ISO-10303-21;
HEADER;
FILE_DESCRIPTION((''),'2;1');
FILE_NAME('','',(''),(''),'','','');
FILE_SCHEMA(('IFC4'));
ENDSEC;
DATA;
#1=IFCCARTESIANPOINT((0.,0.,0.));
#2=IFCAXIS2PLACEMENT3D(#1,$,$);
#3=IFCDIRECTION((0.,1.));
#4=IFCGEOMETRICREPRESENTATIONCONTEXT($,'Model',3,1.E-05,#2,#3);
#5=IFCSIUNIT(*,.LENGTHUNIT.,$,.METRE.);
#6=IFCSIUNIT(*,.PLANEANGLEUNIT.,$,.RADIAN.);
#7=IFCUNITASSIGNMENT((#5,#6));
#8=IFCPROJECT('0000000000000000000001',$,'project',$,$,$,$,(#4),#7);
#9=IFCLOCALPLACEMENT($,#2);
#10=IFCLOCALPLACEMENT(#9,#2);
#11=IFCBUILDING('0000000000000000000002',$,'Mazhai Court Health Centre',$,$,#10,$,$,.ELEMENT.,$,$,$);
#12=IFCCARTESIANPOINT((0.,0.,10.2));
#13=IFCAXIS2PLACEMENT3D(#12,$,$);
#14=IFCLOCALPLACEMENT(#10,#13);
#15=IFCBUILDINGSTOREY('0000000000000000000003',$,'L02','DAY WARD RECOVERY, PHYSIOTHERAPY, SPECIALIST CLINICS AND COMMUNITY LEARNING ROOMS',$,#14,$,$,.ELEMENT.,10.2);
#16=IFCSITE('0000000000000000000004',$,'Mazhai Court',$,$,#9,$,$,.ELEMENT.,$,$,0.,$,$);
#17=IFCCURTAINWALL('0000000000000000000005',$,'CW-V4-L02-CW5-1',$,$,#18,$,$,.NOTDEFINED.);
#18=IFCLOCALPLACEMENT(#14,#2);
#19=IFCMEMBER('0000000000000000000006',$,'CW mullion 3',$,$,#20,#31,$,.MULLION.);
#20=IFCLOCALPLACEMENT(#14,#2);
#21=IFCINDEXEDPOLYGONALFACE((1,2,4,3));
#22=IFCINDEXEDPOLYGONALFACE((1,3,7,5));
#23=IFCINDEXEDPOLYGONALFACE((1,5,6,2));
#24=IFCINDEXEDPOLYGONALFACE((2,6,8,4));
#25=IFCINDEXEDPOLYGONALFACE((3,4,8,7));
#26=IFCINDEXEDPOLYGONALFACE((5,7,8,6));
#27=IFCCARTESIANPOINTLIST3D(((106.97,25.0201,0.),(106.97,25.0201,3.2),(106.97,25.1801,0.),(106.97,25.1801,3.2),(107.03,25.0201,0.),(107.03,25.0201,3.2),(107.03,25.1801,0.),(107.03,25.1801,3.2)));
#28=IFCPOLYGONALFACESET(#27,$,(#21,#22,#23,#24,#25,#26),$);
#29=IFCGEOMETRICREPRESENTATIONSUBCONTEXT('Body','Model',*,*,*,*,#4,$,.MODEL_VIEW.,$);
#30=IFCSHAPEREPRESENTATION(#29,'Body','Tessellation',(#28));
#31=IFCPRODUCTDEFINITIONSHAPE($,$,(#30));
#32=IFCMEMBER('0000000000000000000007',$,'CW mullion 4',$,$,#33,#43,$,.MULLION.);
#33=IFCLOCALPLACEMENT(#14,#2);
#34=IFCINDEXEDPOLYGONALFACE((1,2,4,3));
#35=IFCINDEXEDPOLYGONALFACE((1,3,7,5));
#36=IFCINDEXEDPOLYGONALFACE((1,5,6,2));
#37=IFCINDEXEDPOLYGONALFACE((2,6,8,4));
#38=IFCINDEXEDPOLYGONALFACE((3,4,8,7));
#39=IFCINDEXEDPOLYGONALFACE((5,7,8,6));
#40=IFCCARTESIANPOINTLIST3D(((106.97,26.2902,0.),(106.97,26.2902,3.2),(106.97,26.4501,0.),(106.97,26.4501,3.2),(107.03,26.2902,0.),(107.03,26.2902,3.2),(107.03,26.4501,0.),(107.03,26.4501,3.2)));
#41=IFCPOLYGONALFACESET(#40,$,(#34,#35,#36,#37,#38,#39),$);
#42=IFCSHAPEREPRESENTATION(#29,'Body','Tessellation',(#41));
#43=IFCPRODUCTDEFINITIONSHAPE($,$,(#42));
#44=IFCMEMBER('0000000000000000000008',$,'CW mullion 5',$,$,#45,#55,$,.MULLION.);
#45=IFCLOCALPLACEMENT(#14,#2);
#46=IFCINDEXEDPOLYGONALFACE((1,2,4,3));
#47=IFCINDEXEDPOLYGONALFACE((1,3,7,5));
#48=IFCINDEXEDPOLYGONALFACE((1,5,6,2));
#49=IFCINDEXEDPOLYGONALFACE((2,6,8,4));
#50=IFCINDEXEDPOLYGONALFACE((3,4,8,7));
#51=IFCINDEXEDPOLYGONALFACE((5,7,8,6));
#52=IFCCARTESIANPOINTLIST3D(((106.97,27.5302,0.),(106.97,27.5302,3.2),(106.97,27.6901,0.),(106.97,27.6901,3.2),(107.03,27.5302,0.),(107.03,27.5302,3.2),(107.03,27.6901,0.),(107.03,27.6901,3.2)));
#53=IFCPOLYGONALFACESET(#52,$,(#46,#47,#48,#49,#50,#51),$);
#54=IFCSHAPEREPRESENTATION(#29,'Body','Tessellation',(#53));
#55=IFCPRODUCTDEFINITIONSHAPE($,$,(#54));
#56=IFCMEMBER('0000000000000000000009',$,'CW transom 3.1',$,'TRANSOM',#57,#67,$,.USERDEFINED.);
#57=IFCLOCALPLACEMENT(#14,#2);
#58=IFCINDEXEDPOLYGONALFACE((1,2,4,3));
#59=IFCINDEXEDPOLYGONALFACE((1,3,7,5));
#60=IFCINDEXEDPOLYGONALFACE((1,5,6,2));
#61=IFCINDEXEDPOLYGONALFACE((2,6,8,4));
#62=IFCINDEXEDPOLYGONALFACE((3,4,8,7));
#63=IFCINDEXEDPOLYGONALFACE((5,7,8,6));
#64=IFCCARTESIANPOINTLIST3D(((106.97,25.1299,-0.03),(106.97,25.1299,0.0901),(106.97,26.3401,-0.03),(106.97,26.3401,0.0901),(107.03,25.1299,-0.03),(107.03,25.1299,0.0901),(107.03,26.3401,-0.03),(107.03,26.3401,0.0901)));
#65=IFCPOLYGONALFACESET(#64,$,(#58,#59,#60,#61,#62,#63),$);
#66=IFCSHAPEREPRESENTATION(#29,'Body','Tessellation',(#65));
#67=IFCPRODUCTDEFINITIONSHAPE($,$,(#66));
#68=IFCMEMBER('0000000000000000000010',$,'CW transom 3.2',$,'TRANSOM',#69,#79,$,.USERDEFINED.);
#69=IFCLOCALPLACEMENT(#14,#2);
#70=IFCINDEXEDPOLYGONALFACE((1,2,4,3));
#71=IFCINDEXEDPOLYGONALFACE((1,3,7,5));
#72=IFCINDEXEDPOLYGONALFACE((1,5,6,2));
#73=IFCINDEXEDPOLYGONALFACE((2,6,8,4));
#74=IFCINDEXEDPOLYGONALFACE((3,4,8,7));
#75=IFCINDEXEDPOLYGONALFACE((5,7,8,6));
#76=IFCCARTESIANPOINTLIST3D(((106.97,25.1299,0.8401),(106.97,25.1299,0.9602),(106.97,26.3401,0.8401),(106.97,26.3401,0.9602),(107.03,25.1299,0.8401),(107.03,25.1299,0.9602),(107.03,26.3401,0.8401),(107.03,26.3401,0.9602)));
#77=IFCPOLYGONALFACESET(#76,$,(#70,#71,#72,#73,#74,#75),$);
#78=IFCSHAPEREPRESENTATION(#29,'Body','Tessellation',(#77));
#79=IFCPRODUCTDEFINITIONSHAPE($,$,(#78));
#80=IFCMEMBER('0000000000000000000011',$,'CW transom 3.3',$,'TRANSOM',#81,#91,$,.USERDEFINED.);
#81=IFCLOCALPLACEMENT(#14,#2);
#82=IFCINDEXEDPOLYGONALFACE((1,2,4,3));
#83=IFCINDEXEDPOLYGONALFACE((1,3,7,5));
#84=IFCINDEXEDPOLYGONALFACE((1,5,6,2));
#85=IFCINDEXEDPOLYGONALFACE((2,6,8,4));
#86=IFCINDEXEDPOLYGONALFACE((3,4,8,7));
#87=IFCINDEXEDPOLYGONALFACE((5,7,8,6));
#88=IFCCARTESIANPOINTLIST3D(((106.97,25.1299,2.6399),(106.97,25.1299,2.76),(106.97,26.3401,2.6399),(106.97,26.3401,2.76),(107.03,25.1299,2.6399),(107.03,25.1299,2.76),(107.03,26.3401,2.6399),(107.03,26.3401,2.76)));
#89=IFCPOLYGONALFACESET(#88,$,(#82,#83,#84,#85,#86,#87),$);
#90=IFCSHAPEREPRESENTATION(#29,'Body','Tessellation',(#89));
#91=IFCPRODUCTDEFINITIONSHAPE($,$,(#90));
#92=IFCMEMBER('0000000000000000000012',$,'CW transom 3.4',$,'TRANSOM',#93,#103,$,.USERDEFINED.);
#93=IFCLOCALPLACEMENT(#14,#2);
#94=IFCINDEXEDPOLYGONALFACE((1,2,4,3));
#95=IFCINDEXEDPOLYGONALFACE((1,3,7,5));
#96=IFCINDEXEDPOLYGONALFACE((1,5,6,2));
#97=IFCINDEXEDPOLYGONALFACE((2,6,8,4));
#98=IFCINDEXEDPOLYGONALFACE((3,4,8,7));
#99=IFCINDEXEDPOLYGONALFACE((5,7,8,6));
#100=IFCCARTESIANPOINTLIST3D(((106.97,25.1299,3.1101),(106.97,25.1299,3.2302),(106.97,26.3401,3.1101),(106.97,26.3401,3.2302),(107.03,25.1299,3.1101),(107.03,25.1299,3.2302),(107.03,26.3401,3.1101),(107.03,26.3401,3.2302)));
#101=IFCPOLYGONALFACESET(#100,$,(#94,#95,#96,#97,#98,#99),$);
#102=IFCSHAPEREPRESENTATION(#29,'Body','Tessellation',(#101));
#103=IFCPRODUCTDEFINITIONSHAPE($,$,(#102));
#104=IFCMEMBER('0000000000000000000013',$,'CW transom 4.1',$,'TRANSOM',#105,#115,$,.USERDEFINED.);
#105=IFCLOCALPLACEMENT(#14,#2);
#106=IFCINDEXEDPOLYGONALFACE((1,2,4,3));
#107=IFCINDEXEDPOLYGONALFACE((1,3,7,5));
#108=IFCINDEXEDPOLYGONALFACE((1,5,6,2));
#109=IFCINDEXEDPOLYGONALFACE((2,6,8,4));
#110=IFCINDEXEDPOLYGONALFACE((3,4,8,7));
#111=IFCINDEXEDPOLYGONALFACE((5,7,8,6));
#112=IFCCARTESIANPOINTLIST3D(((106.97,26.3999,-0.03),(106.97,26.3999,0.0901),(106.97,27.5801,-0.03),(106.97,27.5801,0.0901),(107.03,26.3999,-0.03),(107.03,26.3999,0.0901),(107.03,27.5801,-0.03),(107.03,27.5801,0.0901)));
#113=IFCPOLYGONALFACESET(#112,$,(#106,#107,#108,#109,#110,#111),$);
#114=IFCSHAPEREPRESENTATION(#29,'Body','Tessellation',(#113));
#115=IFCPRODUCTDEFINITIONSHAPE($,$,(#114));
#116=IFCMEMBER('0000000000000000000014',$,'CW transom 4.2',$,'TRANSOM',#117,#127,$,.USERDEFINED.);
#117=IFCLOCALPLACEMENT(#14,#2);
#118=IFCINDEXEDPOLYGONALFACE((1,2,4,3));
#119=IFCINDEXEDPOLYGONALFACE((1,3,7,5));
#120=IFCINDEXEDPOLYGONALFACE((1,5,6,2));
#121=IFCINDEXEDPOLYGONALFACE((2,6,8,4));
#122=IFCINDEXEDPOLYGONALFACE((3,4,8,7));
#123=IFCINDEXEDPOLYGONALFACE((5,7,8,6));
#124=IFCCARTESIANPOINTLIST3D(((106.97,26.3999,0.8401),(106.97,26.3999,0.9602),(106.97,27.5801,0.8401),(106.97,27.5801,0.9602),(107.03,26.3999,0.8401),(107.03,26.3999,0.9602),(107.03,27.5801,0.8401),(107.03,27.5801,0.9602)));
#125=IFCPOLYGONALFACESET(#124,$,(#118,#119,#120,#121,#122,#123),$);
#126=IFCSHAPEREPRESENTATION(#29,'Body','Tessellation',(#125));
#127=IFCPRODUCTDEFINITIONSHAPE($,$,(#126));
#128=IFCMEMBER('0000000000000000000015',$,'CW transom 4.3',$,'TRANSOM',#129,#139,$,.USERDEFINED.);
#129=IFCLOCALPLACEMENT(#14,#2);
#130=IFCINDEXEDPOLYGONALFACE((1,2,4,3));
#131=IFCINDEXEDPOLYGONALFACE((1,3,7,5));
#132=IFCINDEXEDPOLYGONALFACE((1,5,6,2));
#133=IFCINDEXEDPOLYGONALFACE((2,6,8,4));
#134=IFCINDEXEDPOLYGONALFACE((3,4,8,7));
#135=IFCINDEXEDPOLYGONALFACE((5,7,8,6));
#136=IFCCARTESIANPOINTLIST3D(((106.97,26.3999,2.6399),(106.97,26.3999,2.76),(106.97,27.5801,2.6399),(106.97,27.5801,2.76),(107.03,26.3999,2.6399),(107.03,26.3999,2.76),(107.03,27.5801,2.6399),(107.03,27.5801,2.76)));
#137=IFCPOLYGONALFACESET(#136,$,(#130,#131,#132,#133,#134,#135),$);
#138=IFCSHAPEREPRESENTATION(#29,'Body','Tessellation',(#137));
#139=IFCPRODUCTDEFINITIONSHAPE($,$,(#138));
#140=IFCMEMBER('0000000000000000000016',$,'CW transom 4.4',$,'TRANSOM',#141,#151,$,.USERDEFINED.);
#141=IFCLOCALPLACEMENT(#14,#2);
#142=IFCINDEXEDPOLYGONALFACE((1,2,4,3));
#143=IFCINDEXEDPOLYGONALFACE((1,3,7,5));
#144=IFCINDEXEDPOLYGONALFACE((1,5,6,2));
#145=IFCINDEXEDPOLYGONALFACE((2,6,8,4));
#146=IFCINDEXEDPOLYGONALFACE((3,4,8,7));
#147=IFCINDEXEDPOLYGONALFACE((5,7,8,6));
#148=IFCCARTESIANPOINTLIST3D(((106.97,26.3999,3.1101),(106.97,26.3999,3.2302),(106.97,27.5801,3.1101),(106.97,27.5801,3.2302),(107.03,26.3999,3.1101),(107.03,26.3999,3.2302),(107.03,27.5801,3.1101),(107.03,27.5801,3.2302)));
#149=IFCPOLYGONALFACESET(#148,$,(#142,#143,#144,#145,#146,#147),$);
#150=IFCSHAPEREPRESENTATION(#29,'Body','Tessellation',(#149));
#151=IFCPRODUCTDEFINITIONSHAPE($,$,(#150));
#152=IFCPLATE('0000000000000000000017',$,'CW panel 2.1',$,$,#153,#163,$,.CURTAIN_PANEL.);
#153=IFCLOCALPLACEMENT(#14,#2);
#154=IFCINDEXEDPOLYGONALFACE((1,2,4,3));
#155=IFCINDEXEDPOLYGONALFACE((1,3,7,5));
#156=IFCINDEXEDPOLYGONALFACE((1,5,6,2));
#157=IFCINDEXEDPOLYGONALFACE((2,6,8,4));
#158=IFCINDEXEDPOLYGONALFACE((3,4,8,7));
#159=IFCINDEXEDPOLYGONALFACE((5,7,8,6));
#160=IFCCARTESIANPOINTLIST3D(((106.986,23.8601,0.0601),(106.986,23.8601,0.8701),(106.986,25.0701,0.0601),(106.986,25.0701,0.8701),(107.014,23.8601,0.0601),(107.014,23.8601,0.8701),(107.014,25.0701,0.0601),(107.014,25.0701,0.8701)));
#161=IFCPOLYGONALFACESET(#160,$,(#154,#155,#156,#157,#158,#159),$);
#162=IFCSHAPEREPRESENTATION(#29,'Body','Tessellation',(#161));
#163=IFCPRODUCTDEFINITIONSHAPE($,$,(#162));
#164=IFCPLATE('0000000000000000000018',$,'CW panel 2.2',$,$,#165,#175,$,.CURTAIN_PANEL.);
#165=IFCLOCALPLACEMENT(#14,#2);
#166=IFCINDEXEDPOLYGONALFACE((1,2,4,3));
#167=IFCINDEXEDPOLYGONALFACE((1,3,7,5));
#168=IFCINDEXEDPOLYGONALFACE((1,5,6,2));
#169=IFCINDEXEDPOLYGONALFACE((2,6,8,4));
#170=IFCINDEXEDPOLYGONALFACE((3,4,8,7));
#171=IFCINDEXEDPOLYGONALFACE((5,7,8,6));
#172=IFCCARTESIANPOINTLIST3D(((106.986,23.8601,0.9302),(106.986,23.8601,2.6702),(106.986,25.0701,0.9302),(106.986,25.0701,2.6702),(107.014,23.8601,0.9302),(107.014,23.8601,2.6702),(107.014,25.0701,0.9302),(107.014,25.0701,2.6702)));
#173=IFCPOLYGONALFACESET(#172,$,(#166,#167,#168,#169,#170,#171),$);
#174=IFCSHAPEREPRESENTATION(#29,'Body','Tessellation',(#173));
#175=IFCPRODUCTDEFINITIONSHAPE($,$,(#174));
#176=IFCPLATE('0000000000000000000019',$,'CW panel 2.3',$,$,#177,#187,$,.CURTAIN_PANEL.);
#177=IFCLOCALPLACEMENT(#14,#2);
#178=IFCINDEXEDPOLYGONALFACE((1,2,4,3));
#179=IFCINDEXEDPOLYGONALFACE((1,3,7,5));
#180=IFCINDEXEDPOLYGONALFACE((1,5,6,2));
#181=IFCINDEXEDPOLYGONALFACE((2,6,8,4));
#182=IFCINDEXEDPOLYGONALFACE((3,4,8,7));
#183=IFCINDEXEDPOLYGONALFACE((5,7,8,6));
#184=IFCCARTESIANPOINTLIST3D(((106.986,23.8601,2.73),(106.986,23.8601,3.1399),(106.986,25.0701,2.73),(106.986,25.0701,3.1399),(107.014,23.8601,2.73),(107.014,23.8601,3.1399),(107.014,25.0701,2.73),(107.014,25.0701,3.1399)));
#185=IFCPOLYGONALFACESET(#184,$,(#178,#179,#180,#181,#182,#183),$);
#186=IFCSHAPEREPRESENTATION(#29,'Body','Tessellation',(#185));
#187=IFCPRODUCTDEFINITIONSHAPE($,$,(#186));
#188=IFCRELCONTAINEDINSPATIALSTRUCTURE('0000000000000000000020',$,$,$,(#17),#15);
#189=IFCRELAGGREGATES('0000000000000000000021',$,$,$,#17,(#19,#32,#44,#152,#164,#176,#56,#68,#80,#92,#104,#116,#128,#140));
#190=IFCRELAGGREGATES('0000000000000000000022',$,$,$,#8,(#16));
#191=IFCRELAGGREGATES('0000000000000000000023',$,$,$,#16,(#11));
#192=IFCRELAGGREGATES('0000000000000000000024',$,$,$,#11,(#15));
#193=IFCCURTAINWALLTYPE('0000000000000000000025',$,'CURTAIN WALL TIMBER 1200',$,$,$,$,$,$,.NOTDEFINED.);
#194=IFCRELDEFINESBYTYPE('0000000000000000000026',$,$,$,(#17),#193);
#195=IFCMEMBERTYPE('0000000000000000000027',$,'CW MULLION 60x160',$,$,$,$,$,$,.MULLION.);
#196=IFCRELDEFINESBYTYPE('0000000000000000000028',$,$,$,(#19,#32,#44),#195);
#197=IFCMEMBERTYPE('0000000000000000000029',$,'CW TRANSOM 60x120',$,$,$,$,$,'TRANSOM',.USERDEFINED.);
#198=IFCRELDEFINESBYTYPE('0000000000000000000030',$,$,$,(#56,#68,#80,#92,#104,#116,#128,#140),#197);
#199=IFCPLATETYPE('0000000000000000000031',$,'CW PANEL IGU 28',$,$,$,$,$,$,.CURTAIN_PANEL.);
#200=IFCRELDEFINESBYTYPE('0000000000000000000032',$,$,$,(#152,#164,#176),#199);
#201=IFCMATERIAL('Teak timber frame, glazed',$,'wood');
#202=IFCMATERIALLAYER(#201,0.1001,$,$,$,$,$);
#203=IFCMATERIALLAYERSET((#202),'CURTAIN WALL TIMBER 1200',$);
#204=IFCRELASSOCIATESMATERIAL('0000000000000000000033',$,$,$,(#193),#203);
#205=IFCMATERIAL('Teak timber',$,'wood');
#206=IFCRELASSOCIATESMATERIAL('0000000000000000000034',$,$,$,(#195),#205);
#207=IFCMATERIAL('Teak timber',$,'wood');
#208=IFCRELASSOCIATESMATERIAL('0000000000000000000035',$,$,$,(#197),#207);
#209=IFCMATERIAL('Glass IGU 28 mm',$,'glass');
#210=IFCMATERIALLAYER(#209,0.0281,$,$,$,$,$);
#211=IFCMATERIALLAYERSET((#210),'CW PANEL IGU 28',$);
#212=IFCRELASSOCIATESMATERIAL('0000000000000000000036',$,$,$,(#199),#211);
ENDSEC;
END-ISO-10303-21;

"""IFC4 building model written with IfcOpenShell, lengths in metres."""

from ifc_helpers import new_model, si_unit, direction, frame, origin, origin_2d, place, context, subcontext, project, spatial, rectangle, extrude, material, layer, layer_set, material_profile, profile_set, type_object, element, aggregate, save


model = new_model("IFC4")

# Units and contexts
model_context = context("Model", 3, precision=1e-05, world=origin(), true_north=direction((0.0, 1.0)))
body_context = subcontext(model_context, "Body", "Model", "MODEL_VIEW")
ifc_project = project(units=[si_unit("LENGTHUNIT", "METRE"), si_unit("PLANEANGLEUNIT", "RADIAN")], contexts=[model_context])

# Site, building, storey
site_placement = place(None, origin())
site = spatial("IfcSite", under=ifc_project, at=site_placement, Name="Mazhai Court", CompositionType="ELEMENT", RefElevation=0.0)
building_placement = place(site_placement, origin())
building = spatial("IfcBuilding", under=site, at=building_placement, Name="Mazhai Court Health Centre", CompositionType="ELEMENT")
storey_placement = place(building_placement, frame((0.0, 0.0, 10.2)))
storey = spatial("IfcBuildingStorey", under=building, at=storey_placement, Name="L02", Description="DAY WARD RECOVERY, PHYSIOTHERAPY, SPECIALIST CLINICS AND COMMUNITY LEARNING ROOMS", CompositionType="ELEMENT", Elevation=10.2)

# Curtain wall, members, plates
ifc_material_1 = material(Name="Teak timber frame, glazed", Category="wood")
ifc_layer_1 = layer(ifc_material_1, 0.1001)
ifc_layer_set_1 = layer_set([ifc_layer_1], Name="CURTAIN WALL TIMBER 1200")
curtain_wall_type = type_object("IfcCurtainWallType", Name="CURTAIN WALL TIMBER 1200", PredefinedType="NOTDEFINED", material=ifc_layer_set_1)
curtain_wall_placement = place(storey_placement, origin())
curtain_wall = element("IfcCurtainWall", 1, at=curtain_wall_placement, inside=storey, type_object=curtain_wall_type, Name="CW-V4-L02-CW5-1", PredefinedType="NOTDEFINED")
ifc_material_2 = material(Name="Teak timber", Category="wood")
ifc_material_profile_1 = material_profile(ifc_material_2, rectangle(XDim=0.0601, YDim=0.1599, at=origin_2d()), Name="CW MULLION 60x160")
ifc_profile_set_1 = profile_set([ifc_material_profile_1], Name="Teak timber")
member_type_1 = type_object("IfcMemberType", Name="CW MULLION 60x160", PredefinedType="MULLION", material=ifc_profile_set_1)
member_1_placement = place(storey_placement, frame((107.0, 25.1001, 0.0), z_axis=(0.0, 0.0, 1.0), x_axis=(-1.0, 0.0, 0.0)))
member_1 = element("IfcMember", 2, at=member_1_placement, type_object=member_type_1, Name="CW mullion 3", PredefinedType="MULLION", context=body_context, shape_type="SweptSolid", body=[
    extrude(rectangle(XDim=0.0601, YDim=0.1599, at=origin_2d()), origin(), (0.0, 0.0, 1.0), 3.2),
])
member_2_placement = place(storey_placement, frame((107.0, 26.3701, 0.0), z_axis=(0.0, 0.0, 1.0), x_axis=(-1.0, 0.0, 0.0)))
member_2 = element("IfcMember", 3, at=member_2_placement, type_object=member_type_1, Name="CW mullion 4", PredefinedType="MULLION", context=body_context, shape_type="SweptSolid", body=[
    extrude(rectangle(XDim=0.0601, YDim=0.1599, at=origin_2d()), origin(), (0.0, 0.0, 1.0), 3.2),
])
member_3_placement = place(storey_placement, frame((107.0, 27.6101, 0.0), z_axis=(0.0, 0.0, 1.0), x_axis=(-1.0, 0.0, 0.0)))
member_3 = element("IfcMember", 4, at=member_3_placement, type_object=member_type_1, Name="CW mullion 5", PredefinedType="MULLION", context=body_context, shape_type="SweptSolid", body=[
    extrude(rectangle(XDim=0.0601, YDim=0.1599, at=origin_2d()), origin(), (0.0, 0.0, 1.0), 3.2),
])
ifc_material_3 = material(Name="Teak timber", Category="wood")
ifc_material_profile_2 = material_profile(ifc_material_3, rectangle(XDim=0.0601, YDim=0.1201, at=origin_2d()), Name="CW TRANSOM 60x120")
ifc_profile_set_2 = profile_set([ifc_material_profile_2], Name="Teak timber")
member_type_2 = type_object("IfcMemberType", Name="CW TRANSOM 60x120", ElementType="TRANSOM", PredefinedType="USERDEFINED", material=ifc_profile_set_2)
member_4_placement = place(storey_placement, frame((107.0, 25.1299, 0.03), z_axis=(0.0, 1.0, 0.0), x_axis=(-1.0, 0.0, 0.0)))
member_4 = element("IfcMember", 5, at=member_4_placement, type_object=member_type_2, Name="CW transom 3.1", ObjectType="TRANSOM", PredefinedType="USERDEFINED", context=body_context, shape_type="SweptSolid", body=[
    extrude(rectangle(XDim=0.0601, YDim=0.1201, at=origin_2d()), origin(), (0.0, 0.0, 1.0), 1.2102),
])
member_5_placement = place(storey_placement, frame((107.0, 25.1299, 0.9001), z_axis=(0.0, 1.0, 0.0), x_axis=(-1.0, 0.0, 0.0)))
member_5 = element("IfcMember", 6, at=member_5_placement, type_object=member_type_2, Name="CW transom 3.2", ObjectType="TRANSOM", PredefinedType="USERDEFINED", context=body_context, shape_type="SweptSolid", body=[
    extrude(rectangle(XDim=0.0601, YDim=0.1201, at=origin_2d()), origin(), (0.0, 0.0, 1.0), 1.2102),
])
member_6_placement = place(storey_placement, frame((107.0, 25.1299, 2.7), z_axis=(0.0, 1.0, 0.0), x_axis=(-1.0, 0.0, 0.0)))
member_6 = element("IfcMember", 7, at=member_6_placement, type_object=member_type_2, Name="CW transom 3.3", ObjectType="TRANSOM", PredefinedType="USERDEFINED", context=body_context, shape_type="SweptSolid", body=[
    extrude(rectangle(XDim=0.0601, YDim=0.1201, at=origin_2d()), origin(), (0.0, 0.0, 1.0), 1.2102),
])
member_7_placement = place(storey_placement, frame((107.0, 25.1299, 3.1702), z_axis=(0.0, 1.0, 0.0), x_axis=(-1.0, 0.0, 0.0)))
member_7 = element("IfcMember", 8, at=member_7_placement, type_object=member_type_2, Name="CW transom 3.4", ObjectType="TRANSOM", PredefinedType="USERDEFINED", context=body_context, shape_type="SweptSolid", body=[
    extrude(rectangle(XDim=0.0601, YDim=0.1201, at=origin_2d()), origin(), (0.0, 0.0, 1.0), 1.2102),
])
member_8_placement = place(storey_placement, frame((107.0, 26.3999, 0.03), z_axis=(0.0, 1.0, 0.0), x_axis=(-1.0, 0.0, 0.0)))
member_8 = element("IfcMember", 9, at=member_8_placement, type_object=member_type_2, Name="CW transom 4.1", ObjectType="TRANSOM", PredefinedType="USERDEFINED", context=body_context, shape_type="SweptSolid", body=[
    extrude(rectangle(XDim=0.0601, YDim=0.1201, at=origin_2d()), origin(), (0.0, 0.0, 1.0), 1.1802),
])
member_9_placement = place(storey_placement, frame((107.0, 26.3999, 0.9001), z_axis=(0.0, 1.0, 0.0), x_axis=(-1.0, 0.0, 0.0)))
member_9 = element("IfcMember", 10, at=member_9_placement, type_object=member_type_2, Name="CW transom 4.2", ObjectType="TRANSOM", PredefinedType="USERDEFINED", context=body_context, shape_type="SweptSolid", body=[
    extrude(rectangle(XDim=0.0601, YDim=0.1201, at=origin_2d()), origin(), (0.0, 0.0, 1.0), 1.1802),
])
member_10_placement = place(storey_placement, frame((107.0, 26.3999, 2.7), z_axis=(0.0, 1.0, 0.0), x_axis=(-1.0, 0.0, 0.0)))
member_10 = element("IfcMember", 11, at=member_10_placement, type_object=member_type_2, Name="CW transom 4.3", ObjectType="TRANSOM", PredefinedType="USERDEFINED", context=body_context, shape_type="SweptSolid", body=[
    extrude(rectangle(XDim=0.0601, YDim=0.1201, at=origin_2d()), origin(), (0.0, 0.0, 1.0), 1.1802),
])
member_11_placement = place(storey_placement, frame((107.0, 26.3999, 3.1702), z_axis=(0.0, 1.0, 0.0), x_axis=(-1.0, 0.0, 0.0)))
member_11 = element("IfcMember", 12, at=member_11_placement, type_object=member_type_2, Name="CW transom 4.4", ObjectType="TRANSOM", PredefinedType="USERDEFINED", context=body_context, shape_type="SweptSolid", body=[
    extrude(rectangle(XDim=0.0601, YDim=0.1201, at=origin_2d()), origin(), (0.0, 0.0, 1.0), 1.1802),
])
ifc_material_4 = material(Name="Glass IGU 28 mm", Category="glass")
ifc_layer_2 = layer(ifc_material_4, 0.0281)
ifc_layer_set_2 = layer_set([ifc_layer_2], Name="CW PANEL IGU 28")
plate_type = type_object("IfcPlateType", Name="CW PANEL IGU 28", PredefinedType="CURTAIN_PANEL", material=ifc_layer_set_2)
plate_1_placement = place(storey_placement, frame((107.0, 24.4651, 0.0601), z_axis=(0.0, 0.0, 1.0), x_axis=(0.0, 1.0, 0.0)))
plate_1 = element("IfcPlate", 13, at=plate_1_placement, type_object=plate_type, Name="CW panel 2.1", PredefinedType="CURTAIN_PANEL", context=body_context, shape_type="SweptSolid", body=[
    extrude(rectangle(XDim=1.21, YDim=0.0281, at=origin_2d()), origin(), (0.0, 0.0, 1.0), 0.8101),
])
plate_2_placement = place(storey_placement, frame((107.0, 24.4651, 0.9302), z_axis=(0.0, 0.0, 1.0), x_axis=(0.0, 1.0, 0.0)))
plate_2 = element("IfcPlate", 14, at=plate_2_placement, type_object=plate_type, Name="CW panel 2.2", PredefinedType="CURTAIN_PANEL", context=body_context, shape_type="SweptSolid", body=[
    extrude(rectangle(XDim=1.21, YDim=0.0281, at=origin_2d()), origin(), (0.0, 0.0, 1.0), 1.74),
])
plate_3_placement = place(storey_placement, frame((107.0, 24.4651, 2.73), z_axis=(0.0, 0.0, 1.0), x_axis=(0.0, 1.0, 0.0)))
plate_3 = element("IfcPlate", 15, at=plate_3_placement, type_object=plate_type, Name="CW panel 2.3", PredefinedType="CURTAIN_PANEL", context=body_context, shape_type="SweptSolid", body=[
    extrude(rectangle(XDim=1.21, YDim=0.0281, at=origin_2d()), origin(), (0.0, 0.0, 1.0), 0.4099),
])
aggregate(curtain_wall, [member_1, member_2, member_3, plate_1, plate_2, plate_3, member_4, member_5, member_6, member_7, member_8, member_9, member_10, member_11])

save(model, "model.ifc")
